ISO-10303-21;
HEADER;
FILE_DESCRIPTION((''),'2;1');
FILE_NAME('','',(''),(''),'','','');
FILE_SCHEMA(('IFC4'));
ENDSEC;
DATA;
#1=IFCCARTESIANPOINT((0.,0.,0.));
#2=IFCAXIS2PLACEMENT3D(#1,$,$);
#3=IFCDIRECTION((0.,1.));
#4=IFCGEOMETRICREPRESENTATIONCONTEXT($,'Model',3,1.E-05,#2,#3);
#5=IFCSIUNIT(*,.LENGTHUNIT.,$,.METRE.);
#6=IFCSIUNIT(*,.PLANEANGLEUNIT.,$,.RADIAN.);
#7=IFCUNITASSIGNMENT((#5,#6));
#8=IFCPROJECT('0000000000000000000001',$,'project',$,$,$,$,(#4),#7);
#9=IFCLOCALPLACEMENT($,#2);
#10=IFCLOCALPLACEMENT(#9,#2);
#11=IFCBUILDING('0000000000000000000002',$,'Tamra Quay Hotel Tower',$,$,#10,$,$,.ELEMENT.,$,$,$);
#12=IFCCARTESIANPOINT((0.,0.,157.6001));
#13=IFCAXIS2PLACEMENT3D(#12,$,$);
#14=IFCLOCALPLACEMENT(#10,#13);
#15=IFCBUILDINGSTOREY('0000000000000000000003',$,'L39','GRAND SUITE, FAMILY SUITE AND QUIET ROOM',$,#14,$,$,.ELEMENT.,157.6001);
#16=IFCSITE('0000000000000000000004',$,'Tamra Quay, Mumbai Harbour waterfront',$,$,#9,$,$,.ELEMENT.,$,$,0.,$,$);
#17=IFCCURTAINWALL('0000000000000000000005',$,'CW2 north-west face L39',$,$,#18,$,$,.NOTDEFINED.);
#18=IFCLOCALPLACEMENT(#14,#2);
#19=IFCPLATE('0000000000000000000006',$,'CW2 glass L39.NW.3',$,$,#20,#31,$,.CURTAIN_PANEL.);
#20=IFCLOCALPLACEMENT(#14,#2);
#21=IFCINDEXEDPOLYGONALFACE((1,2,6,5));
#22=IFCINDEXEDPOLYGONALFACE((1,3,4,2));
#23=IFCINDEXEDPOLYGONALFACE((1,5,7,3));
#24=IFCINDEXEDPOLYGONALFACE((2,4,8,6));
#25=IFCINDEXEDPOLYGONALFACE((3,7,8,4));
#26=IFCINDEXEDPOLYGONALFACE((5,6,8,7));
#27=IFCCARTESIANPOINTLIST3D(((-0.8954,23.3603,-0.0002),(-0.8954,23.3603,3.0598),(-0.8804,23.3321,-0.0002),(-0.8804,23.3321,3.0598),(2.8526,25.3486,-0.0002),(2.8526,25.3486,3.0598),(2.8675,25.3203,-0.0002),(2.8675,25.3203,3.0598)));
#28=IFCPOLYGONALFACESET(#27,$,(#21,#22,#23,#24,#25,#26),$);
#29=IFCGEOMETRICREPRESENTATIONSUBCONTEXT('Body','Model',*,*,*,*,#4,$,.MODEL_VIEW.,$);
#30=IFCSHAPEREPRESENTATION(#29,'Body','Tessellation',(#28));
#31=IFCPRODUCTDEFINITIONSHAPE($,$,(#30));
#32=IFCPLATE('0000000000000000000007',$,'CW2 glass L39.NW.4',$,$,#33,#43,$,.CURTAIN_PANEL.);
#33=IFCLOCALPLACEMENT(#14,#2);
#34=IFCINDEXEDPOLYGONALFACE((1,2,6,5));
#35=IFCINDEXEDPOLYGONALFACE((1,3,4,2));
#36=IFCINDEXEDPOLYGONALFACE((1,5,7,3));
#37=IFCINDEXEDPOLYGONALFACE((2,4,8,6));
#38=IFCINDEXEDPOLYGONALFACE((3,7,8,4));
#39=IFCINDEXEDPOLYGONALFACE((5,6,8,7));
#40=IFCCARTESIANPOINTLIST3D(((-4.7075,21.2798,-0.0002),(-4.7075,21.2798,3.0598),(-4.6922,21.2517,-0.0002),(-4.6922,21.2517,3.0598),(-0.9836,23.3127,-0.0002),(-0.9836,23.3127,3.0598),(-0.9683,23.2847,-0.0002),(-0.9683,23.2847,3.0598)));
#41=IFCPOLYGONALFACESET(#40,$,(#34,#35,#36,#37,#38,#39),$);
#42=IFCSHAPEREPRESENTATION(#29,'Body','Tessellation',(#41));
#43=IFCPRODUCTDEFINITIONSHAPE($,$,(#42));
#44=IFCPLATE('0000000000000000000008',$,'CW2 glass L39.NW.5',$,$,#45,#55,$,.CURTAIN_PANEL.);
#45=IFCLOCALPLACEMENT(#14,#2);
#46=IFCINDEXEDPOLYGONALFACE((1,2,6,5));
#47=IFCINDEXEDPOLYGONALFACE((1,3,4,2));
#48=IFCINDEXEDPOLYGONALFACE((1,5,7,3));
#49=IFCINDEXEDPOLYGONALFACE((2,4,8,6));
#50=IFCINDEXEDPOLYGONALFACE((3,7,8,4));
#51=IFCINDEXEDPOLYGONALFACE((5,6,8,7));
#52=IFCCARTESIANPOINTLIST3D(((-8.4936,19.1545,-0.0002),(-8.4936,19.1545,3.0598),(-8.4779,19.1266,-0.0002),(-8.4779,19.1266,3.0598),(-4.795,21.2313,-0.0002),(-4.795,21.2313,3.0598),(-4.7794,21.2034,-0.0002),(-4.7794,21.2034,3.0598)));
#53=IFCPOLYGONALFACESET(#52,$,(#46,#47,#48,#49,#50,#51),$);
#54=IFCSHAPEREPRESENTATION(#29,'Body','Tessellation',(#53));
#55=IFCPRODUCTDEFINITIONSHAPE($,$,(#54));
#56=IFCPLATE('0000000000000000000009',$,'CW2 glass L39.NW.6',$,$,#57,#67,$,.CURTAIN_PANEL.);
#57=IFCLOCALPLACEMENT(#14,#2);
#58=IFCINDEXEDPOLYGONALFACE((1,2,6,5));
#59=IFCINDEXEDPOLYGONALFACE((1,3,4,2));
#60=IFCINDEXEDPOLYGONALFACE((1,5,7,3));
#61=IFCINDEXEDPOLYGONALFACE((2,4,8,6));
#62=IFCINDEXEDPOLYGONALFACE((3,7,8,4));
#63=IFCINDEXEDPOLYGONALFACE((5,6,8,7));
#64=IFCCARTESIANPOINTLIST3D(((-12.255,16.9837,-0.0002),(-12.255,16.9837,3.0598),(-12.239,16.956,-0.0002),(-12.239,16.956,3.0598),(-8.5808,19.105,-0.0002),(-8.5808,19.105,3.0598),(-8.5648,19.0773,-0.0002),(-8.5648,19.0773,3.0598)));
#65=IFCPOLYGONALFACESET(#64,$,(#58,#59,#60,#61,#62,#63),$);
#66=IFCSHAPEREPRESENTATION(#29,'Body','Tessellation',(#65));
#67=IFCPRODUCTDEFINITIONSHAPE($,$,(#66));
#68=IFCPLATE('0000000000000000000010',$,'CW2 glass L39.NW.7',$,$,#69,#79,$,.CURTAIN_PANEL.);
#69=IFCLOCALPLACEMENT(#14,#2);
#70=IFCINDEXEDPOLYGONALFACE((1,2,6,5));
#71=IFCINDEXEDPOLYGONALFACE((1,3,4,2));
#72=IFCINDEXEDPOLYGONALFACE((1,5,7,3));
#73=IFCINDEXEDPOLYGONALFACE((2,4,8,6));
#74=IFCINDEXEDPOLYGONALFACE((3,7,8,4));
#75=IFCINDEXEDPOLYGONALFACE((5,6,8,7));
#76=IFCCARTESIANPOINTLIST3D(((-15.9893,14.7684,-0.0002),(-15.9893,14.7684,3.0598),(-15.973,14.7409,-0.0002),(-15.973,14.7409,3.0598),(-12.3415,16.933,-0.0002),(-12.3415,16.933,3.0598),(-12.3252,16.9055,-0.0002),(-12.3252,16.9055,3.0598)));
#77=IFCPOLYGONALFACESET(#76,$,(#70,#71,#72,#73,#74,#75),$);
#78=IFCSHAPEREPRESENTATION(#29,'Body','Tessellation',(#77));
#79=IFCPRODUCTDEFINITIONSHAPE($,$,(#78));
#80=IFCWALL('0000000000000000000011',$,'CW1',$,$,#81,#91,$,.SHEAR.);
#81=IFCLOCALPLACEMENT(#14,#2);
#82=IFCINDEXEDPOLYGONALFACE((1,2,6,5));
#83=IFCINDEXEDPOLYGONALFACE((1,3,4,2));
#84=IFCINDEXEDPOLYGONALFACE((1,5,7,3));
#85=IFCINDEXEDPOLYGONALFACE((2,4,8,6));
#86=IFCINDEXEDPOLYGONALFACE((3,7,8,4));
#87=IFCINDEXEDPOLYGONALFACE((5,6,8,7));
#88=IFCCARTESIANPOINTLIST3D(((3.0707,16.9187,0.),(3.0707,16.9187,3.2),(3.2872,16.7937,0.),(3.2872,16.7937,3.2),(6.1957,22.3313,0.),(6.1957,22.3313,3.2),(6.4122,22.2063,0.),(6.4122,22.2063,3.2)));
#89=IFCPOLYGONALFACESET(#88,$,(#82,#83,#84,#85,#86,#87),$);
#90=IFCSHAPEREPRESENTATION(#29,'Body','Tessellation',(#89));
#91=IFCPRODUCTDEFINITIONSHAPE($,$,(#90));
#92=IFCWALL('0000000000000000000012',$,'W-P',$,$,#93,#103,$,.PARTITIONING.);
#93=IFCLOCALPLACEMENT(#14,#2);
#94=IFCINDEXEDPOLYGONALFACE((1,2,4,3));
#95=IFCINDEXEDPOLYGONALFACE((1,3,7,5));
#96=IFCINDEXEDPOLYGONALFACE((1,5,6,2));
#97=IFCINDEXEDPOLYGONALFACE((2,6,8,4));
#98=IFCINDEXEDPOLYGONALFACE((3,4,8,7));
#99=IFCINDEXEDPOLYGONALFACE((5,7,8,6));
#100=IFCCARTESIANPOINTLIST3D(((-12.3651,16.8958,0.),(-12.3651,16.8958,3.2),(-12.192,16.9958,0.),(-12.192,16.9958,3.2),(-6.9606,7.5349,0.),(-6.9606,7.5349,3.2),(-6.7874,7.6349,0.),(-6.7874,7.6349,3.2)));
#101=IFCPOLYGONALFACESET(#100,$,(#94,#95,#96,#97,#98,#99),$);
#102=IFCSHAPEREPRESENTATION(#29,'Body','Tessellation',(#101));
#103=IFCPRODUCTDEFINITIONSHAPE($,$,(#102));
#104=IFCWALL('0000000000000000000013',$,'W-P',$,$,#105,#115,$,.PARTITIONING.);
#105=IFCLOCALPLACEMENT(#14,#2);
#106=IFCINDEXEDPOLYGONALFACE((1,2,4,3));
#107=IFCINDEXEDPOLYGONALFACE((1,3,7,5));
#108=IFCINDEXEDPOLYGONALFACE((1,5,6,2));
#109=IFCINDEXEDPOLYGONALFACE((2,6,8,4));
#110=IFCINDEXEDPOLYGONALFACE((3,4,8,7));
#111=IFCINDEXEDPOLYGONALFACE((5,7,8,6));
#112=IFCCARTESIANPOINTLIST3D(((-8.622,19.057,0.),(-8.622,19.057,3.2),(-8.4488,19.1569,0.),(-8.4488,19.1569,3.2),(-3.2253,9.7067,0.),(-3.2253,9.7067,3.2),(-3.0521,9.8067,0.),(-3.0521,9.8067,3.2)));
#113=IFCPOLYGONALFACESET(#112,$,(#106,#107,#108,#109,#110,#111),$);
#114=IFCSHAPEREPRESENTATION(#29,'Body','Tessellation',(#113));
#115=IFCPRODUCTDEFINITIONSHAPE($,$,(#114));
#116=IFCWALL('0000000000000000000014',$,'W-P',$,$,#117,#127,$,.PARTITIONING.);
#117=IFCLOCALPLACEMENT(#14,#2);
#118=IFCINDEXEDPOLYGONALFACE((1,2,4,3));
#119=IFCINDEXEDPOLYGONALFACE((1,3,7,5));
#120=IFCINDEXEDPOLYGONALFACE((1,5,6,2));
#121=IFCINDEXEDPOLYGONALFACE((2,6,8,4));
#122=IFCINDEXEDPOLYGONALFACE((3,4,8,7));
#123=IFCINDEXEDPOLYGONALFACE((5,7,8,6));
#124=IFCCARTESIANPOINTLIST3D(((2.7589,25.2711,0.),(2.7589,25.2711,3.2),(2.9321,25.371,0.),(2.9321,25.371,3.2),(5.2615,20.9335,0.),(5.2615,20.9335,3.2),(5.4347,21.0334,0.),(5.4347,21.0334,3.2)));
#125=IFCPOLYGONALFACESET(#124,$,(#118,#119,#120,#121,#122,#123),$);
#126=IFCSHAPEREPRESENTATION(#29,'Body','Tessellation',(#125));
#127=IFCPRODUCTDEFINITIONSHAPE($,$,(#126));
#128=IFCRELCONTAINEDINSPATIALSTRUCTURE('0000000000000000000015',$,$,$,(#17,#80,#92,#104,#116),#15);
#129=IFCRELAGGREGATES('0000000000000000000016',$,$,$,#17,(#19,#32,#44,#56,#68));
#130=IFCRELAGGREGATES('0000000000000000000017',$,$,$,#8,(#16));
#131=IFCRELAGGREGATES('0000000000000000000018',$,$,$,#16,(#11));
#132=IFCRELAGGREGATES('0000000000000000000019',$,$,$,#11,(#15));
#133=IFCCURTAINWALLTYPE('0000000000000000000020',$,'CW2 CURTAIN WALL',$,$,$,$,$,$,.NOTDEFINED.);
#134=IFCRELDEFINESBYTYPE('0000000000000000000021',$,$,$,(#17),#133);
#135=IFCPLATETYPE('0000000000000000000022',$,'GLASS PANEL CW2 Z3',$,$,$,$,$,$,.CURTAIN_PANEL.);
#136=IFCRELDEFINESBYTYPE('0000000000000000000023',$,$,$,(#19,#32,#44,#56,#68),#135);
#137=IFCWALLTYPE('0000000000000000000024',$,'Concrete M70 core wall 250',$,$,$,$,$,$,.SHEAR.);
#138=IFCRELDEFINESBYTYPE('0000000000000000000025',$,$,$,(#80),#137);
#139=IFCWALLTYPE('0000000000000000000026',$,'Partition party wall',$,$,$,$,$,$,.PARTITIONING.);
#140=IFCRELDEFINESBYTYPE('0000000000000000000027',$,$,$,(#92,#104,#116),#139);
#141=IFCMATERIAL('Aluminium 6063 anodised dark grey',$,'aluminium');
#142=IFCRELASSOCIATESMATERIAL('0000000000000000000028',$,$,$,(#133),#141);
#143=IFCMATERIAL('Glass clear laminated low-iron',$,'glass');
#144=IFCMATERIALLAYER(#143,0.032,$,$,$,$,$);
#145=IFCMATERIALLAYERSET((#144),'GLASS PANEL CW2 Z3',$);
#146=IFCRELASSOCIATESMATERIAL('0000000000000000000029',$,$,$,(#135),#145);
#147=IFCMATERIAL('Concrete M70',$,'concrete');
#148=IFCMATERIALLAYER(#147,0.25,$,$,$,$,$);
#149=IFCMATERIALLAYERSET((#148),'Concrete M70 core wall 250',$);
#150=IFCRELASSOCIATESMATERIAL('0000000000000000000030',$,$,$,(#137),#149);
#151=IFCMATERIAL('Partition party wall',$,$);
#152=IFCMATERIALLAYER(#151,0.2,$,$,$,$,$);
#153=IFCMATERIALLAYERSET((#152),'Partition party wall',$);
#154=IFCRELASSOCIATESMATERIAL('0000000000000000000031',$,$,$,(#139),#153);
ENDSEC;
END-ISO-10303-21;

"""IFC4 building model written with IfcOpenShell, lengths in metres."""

from ifc_helpers import new_model, si_unit, direction, frame, frame_2d, origin, origin_2d, place, context, subcontext, project, spatial, rectangle, extrude, material, layer, layer_set, type_object, element, aggregate, save


model = new_model("IFC4")

# Units and contexts
model_context = context("Model", 3, precision=1e-05, world=origin(), true_north=direction((0.0, 1.0)))
body_context = subcontext(model_context, "Body", "Model", "MODEL_VIEW")
ifc_project = project(units=[si_unit("LENGTHUNIT", "METRE"), si_unit("PLANEANGLEUNIT", "RADIAN")], contexts=[model_context])

# Site, building, storey
site_placement = place(None, origin())
site = spatial("IfcSite", under=ifc_project, at=site_placement, Name="Tamra Quay, Mumbai Harbour waterfront", CompositionType="ELEMENT", RefElevation=0.0)
building_placement = place(site_placement, origin())
building = spatial("IfcBuilding", under=site, at=building_placement, Name="Tamra Quay Hotel Tower", CompositionType="ELEMENT")
storey_placement = place(building_placement, frame((0.0, 0.0, 157.6001)))
storey = spatial("IfcBuildingStorey", under=building, at=storey_placement, Name="L39", Description="GRAND SUITE, FAMILY SUITE AND QUIET ROOM", CompositionType="ELEMENT", Elevation=157.6001)

# Shared definitions
ifc_material_1 = material(Name="Concrete M70", Category="concrete")

# Curtain wall
ifc_material_2 = material(Name="Aluminium 6063 anodised dark grey", Category="aluminium")
curtain_wall_type = type_object("IfcCurtainWallType", Name="CW2 CURTAIN WALL", PredefinedType="NOTDEFINED", material=ifc_material_2)
curtain_wall_placement = place(storey_placement, origin())
curtain_wall = element("IfcCurtainWall", 1, at=curtain_wall_placement, inside=storey, type_object=curtain_wall_type, Name="CW2 north-west face L39", PredefinedType="NOTDEFINED")

# Plates
ifc_material_3 = material(Name="Glass clear laminated low-iron", Category="glass")
ifc_layer_1 = layer(ifc_material_3, 0.032)
ifc_layer_set_1 = layer_set([ifc_layer_1], Name="GLASS PANEL CW2 Z3")
plate_type = type_object("IfcPlateType", Name="GLASS PANEL CW2 Z3", PredefinedType="CURTAIN_PANEL", material=ifc_layer_set_1)
plate_1_placement = place(storey_placement, frame((0.9861, 24.3403, -0.0002), z_axis=(0.0, 0.0, 1.0), x_axis=(-0.883391, -0.468636, 0.0)))
plate_1 = element("IfcPlate", 2, at=plate_1_placement, type_object=plate_type, Name="CW2 glass L39.NW.3", PredefinedType="CURTAIN_PANEL", context=body_context, shape_type="SweptSolid", body=[
    extrude(rectangle(XDim=4.2427, YDim=0.032, at=origin_2d()), origin(), (0.0, 0.0, 1.0), 3.0601),
])
plate_2_placement = place(storey_placement, frame((-2.8379, 22.2822, -0.0002), z_axis=(0.0, 0.0, 1.0), x_axis=(-0.877726, -0.479163, 0.0)))
plate_2 = element("IfcPlate", 3, at=plate_2_placement, type_object=plate_type, Name="CW2 glass L39.NW.4", PredefinedType="CURTAIN_PANEL", context=body_context, shape_type="SweptSolid", body=[
    extrude(rectangle(XDim=4.2427, YDim=0.032, at=origin_2d()), origin(), (0.0, 0.0, 1.0), 3.0601),
])
plate_3_placement = place(storey_placement, frame((-6.6365, 20.179, -0.0002), z_axis=(0.0, 0.0, 1.0), x_axis=(-0.871942, -0.489609, 0.0)))
plate_3 = element("IfcPlate", 4, at=plate_3_placement, type_object=plate_type, Name="CW2 glass L39.NW.5", PredefinedType="CURTAIN_PANEL", context=body_context, shape_type="SweptSolid", body=[
    extrude(rectangle(XDim=4.2417, YDim=0.032, at=origin_2d()), origin(), (0.0, 0.0, 1.0), 3.0601),
])
plate_4_placement = place(storey_placement, frame((-10.4099, 18.0305, -0.0002), z_axis=(0.0, 0.0, 1.0), x_axis=(-0.866025, -0.5, 0.0)))
plate_4 = element("IfcPlate", 5, at=plate_4_placement, type_object=plate_type, Name="CW2 glass L39.NW.6", PredefinedType="CURTAIN_PANEL", context=body_context, shape_type="SweptSolid", body=[
    extrude(rectangle(XDim=4.2427, YDim=0.032, at=origin_2d()), origin(), (0.0, 0.0, 1.0), 3.0601),
])
plate_5_placement = place(storey_placement, frame((-14.1572, 15.8369, -0.0002), z_axis=(0.0, 0.0, 1.0), x_axis=(-0.859985, -0.510319, 0.0)))
plate_5 = element("IfcPlate", 6, at=plate_5_placement, type_object=plate_type, Name="CW2 glass L39.NW.7", PredefinedType="CURTAIN_PANEL", context=body_context, shape_type="SweptSolid", body=[
    extrude(rectangle(XDim=4.2417, YDim=0.032, at=origin_2d()), origin(), (0.0, 0.0, 1.0), 3.0601),
])
aggregate(curtain_wall, [plate_1, plate_2, plate_3, plate_4, plate_5])

# Walls
ifc_layer_2 = layer(ifc_material_1, 0.25)
ifc_layer_set_2 = layer_set([ifc_layer_2], Name="Concrete M70 core wall 250")
wall_type_1 = type_object("IfcWallType", Name="Concrete M70 core wall 250", PredefinedType="SHEAR", material=ifc_layer_set_2)
wall_1_placement = place(storey_placement, frame((3.179, 16.8562, 0.0), z_axis=(0.0, 0.0, 1.0), x_axis=(0.500004, 0.866023, 0.0)))
element("IfcWall", 7, at=wall_1_placement, inside=storey, type_object=wall_type_1, Name="CW1", PredefinedType="SHEAR", context=body_context, shape_type="SweptSolid", body=[
    extrude(rectangle(XDim=6.25, YDim=0.25, at=frame_2d((3.125, 0.0))), origin(), (0.0, 0.0, 1.0), 3.2),
])
ifc_material_4 = material(Name="Partition party wall")
ifc_layer_3 = layer(ifc_material_4, 0.2)
ifc_layer_set_3 = layer_set([ifc_layer_3], Name="Partition party wall")
wall_type_2 = type_object("IfcWallType", Name="Partition party wall", PredefinedType="PARTITIONING", material=ifc_layer_set_3)
wall_2_placement = place(storey_placement, frame((-12.2786, 16.9458, 0.0), z_axis=(0.0, 0.0, 1.0), x_axis=(0.500004, -0.866023, 0.0)))
element("IfcWall", 8, at=wall_2_placement, inside=storey, type_object=wall_type_2, Name="W-P", PredefinedType="PARTITIONING", context=body_context, shape_type="SweptSolid", body=[
    extrude(rectangle(XDim=10.8091, YDim=0.2, at=frame_2d((5.4045, 0.0))), origin(), (0.0, 0.0, 1.0), 3.2),
])
wall_3_placement = place(storey_placement, frame((-8.5354, 19.1069, 0.0), z_axis=(0.0, 0.0, 1.0), x_axis=(0.499882, -0.866093, 0.0)))
element("IfcWall", 9, at=wall_3_placement, inside=storey, type_object=wall_type_2, Name="W-P", PredefinedType="PARTITIONING", context=body_context, shape_type="SweptSolid", body=[
    extrude(rectangle(XDim=10.7959, YDim=0.2, at=frame_2d((5.3979, 0.0))), origin(), (0.0, 0.0, 1.0), 3.2),
])
wall_4_placement = place(storey_placement, frame((2.8455, 25.321, 0.0), z_axis=(0.0, 0.0, 1.0), x_axis=(0.499752, -0.866169, 0.0)))
element("IfcWall", 10, at=wall_4_placement, inside=storey, type_object=wall_type_2, Name="W-P", PredefinedType="PARTITIONING", context=body_context, shape_type="SweptSolid", body=[
    extrude(rectangle(XDim=5.0078, YDim=0.2, at=frame_2d((2.5039, 0.0))), origin(), (0.0, 0.0, 1.0), 3.2),
])

save(model, "model.ifc")
